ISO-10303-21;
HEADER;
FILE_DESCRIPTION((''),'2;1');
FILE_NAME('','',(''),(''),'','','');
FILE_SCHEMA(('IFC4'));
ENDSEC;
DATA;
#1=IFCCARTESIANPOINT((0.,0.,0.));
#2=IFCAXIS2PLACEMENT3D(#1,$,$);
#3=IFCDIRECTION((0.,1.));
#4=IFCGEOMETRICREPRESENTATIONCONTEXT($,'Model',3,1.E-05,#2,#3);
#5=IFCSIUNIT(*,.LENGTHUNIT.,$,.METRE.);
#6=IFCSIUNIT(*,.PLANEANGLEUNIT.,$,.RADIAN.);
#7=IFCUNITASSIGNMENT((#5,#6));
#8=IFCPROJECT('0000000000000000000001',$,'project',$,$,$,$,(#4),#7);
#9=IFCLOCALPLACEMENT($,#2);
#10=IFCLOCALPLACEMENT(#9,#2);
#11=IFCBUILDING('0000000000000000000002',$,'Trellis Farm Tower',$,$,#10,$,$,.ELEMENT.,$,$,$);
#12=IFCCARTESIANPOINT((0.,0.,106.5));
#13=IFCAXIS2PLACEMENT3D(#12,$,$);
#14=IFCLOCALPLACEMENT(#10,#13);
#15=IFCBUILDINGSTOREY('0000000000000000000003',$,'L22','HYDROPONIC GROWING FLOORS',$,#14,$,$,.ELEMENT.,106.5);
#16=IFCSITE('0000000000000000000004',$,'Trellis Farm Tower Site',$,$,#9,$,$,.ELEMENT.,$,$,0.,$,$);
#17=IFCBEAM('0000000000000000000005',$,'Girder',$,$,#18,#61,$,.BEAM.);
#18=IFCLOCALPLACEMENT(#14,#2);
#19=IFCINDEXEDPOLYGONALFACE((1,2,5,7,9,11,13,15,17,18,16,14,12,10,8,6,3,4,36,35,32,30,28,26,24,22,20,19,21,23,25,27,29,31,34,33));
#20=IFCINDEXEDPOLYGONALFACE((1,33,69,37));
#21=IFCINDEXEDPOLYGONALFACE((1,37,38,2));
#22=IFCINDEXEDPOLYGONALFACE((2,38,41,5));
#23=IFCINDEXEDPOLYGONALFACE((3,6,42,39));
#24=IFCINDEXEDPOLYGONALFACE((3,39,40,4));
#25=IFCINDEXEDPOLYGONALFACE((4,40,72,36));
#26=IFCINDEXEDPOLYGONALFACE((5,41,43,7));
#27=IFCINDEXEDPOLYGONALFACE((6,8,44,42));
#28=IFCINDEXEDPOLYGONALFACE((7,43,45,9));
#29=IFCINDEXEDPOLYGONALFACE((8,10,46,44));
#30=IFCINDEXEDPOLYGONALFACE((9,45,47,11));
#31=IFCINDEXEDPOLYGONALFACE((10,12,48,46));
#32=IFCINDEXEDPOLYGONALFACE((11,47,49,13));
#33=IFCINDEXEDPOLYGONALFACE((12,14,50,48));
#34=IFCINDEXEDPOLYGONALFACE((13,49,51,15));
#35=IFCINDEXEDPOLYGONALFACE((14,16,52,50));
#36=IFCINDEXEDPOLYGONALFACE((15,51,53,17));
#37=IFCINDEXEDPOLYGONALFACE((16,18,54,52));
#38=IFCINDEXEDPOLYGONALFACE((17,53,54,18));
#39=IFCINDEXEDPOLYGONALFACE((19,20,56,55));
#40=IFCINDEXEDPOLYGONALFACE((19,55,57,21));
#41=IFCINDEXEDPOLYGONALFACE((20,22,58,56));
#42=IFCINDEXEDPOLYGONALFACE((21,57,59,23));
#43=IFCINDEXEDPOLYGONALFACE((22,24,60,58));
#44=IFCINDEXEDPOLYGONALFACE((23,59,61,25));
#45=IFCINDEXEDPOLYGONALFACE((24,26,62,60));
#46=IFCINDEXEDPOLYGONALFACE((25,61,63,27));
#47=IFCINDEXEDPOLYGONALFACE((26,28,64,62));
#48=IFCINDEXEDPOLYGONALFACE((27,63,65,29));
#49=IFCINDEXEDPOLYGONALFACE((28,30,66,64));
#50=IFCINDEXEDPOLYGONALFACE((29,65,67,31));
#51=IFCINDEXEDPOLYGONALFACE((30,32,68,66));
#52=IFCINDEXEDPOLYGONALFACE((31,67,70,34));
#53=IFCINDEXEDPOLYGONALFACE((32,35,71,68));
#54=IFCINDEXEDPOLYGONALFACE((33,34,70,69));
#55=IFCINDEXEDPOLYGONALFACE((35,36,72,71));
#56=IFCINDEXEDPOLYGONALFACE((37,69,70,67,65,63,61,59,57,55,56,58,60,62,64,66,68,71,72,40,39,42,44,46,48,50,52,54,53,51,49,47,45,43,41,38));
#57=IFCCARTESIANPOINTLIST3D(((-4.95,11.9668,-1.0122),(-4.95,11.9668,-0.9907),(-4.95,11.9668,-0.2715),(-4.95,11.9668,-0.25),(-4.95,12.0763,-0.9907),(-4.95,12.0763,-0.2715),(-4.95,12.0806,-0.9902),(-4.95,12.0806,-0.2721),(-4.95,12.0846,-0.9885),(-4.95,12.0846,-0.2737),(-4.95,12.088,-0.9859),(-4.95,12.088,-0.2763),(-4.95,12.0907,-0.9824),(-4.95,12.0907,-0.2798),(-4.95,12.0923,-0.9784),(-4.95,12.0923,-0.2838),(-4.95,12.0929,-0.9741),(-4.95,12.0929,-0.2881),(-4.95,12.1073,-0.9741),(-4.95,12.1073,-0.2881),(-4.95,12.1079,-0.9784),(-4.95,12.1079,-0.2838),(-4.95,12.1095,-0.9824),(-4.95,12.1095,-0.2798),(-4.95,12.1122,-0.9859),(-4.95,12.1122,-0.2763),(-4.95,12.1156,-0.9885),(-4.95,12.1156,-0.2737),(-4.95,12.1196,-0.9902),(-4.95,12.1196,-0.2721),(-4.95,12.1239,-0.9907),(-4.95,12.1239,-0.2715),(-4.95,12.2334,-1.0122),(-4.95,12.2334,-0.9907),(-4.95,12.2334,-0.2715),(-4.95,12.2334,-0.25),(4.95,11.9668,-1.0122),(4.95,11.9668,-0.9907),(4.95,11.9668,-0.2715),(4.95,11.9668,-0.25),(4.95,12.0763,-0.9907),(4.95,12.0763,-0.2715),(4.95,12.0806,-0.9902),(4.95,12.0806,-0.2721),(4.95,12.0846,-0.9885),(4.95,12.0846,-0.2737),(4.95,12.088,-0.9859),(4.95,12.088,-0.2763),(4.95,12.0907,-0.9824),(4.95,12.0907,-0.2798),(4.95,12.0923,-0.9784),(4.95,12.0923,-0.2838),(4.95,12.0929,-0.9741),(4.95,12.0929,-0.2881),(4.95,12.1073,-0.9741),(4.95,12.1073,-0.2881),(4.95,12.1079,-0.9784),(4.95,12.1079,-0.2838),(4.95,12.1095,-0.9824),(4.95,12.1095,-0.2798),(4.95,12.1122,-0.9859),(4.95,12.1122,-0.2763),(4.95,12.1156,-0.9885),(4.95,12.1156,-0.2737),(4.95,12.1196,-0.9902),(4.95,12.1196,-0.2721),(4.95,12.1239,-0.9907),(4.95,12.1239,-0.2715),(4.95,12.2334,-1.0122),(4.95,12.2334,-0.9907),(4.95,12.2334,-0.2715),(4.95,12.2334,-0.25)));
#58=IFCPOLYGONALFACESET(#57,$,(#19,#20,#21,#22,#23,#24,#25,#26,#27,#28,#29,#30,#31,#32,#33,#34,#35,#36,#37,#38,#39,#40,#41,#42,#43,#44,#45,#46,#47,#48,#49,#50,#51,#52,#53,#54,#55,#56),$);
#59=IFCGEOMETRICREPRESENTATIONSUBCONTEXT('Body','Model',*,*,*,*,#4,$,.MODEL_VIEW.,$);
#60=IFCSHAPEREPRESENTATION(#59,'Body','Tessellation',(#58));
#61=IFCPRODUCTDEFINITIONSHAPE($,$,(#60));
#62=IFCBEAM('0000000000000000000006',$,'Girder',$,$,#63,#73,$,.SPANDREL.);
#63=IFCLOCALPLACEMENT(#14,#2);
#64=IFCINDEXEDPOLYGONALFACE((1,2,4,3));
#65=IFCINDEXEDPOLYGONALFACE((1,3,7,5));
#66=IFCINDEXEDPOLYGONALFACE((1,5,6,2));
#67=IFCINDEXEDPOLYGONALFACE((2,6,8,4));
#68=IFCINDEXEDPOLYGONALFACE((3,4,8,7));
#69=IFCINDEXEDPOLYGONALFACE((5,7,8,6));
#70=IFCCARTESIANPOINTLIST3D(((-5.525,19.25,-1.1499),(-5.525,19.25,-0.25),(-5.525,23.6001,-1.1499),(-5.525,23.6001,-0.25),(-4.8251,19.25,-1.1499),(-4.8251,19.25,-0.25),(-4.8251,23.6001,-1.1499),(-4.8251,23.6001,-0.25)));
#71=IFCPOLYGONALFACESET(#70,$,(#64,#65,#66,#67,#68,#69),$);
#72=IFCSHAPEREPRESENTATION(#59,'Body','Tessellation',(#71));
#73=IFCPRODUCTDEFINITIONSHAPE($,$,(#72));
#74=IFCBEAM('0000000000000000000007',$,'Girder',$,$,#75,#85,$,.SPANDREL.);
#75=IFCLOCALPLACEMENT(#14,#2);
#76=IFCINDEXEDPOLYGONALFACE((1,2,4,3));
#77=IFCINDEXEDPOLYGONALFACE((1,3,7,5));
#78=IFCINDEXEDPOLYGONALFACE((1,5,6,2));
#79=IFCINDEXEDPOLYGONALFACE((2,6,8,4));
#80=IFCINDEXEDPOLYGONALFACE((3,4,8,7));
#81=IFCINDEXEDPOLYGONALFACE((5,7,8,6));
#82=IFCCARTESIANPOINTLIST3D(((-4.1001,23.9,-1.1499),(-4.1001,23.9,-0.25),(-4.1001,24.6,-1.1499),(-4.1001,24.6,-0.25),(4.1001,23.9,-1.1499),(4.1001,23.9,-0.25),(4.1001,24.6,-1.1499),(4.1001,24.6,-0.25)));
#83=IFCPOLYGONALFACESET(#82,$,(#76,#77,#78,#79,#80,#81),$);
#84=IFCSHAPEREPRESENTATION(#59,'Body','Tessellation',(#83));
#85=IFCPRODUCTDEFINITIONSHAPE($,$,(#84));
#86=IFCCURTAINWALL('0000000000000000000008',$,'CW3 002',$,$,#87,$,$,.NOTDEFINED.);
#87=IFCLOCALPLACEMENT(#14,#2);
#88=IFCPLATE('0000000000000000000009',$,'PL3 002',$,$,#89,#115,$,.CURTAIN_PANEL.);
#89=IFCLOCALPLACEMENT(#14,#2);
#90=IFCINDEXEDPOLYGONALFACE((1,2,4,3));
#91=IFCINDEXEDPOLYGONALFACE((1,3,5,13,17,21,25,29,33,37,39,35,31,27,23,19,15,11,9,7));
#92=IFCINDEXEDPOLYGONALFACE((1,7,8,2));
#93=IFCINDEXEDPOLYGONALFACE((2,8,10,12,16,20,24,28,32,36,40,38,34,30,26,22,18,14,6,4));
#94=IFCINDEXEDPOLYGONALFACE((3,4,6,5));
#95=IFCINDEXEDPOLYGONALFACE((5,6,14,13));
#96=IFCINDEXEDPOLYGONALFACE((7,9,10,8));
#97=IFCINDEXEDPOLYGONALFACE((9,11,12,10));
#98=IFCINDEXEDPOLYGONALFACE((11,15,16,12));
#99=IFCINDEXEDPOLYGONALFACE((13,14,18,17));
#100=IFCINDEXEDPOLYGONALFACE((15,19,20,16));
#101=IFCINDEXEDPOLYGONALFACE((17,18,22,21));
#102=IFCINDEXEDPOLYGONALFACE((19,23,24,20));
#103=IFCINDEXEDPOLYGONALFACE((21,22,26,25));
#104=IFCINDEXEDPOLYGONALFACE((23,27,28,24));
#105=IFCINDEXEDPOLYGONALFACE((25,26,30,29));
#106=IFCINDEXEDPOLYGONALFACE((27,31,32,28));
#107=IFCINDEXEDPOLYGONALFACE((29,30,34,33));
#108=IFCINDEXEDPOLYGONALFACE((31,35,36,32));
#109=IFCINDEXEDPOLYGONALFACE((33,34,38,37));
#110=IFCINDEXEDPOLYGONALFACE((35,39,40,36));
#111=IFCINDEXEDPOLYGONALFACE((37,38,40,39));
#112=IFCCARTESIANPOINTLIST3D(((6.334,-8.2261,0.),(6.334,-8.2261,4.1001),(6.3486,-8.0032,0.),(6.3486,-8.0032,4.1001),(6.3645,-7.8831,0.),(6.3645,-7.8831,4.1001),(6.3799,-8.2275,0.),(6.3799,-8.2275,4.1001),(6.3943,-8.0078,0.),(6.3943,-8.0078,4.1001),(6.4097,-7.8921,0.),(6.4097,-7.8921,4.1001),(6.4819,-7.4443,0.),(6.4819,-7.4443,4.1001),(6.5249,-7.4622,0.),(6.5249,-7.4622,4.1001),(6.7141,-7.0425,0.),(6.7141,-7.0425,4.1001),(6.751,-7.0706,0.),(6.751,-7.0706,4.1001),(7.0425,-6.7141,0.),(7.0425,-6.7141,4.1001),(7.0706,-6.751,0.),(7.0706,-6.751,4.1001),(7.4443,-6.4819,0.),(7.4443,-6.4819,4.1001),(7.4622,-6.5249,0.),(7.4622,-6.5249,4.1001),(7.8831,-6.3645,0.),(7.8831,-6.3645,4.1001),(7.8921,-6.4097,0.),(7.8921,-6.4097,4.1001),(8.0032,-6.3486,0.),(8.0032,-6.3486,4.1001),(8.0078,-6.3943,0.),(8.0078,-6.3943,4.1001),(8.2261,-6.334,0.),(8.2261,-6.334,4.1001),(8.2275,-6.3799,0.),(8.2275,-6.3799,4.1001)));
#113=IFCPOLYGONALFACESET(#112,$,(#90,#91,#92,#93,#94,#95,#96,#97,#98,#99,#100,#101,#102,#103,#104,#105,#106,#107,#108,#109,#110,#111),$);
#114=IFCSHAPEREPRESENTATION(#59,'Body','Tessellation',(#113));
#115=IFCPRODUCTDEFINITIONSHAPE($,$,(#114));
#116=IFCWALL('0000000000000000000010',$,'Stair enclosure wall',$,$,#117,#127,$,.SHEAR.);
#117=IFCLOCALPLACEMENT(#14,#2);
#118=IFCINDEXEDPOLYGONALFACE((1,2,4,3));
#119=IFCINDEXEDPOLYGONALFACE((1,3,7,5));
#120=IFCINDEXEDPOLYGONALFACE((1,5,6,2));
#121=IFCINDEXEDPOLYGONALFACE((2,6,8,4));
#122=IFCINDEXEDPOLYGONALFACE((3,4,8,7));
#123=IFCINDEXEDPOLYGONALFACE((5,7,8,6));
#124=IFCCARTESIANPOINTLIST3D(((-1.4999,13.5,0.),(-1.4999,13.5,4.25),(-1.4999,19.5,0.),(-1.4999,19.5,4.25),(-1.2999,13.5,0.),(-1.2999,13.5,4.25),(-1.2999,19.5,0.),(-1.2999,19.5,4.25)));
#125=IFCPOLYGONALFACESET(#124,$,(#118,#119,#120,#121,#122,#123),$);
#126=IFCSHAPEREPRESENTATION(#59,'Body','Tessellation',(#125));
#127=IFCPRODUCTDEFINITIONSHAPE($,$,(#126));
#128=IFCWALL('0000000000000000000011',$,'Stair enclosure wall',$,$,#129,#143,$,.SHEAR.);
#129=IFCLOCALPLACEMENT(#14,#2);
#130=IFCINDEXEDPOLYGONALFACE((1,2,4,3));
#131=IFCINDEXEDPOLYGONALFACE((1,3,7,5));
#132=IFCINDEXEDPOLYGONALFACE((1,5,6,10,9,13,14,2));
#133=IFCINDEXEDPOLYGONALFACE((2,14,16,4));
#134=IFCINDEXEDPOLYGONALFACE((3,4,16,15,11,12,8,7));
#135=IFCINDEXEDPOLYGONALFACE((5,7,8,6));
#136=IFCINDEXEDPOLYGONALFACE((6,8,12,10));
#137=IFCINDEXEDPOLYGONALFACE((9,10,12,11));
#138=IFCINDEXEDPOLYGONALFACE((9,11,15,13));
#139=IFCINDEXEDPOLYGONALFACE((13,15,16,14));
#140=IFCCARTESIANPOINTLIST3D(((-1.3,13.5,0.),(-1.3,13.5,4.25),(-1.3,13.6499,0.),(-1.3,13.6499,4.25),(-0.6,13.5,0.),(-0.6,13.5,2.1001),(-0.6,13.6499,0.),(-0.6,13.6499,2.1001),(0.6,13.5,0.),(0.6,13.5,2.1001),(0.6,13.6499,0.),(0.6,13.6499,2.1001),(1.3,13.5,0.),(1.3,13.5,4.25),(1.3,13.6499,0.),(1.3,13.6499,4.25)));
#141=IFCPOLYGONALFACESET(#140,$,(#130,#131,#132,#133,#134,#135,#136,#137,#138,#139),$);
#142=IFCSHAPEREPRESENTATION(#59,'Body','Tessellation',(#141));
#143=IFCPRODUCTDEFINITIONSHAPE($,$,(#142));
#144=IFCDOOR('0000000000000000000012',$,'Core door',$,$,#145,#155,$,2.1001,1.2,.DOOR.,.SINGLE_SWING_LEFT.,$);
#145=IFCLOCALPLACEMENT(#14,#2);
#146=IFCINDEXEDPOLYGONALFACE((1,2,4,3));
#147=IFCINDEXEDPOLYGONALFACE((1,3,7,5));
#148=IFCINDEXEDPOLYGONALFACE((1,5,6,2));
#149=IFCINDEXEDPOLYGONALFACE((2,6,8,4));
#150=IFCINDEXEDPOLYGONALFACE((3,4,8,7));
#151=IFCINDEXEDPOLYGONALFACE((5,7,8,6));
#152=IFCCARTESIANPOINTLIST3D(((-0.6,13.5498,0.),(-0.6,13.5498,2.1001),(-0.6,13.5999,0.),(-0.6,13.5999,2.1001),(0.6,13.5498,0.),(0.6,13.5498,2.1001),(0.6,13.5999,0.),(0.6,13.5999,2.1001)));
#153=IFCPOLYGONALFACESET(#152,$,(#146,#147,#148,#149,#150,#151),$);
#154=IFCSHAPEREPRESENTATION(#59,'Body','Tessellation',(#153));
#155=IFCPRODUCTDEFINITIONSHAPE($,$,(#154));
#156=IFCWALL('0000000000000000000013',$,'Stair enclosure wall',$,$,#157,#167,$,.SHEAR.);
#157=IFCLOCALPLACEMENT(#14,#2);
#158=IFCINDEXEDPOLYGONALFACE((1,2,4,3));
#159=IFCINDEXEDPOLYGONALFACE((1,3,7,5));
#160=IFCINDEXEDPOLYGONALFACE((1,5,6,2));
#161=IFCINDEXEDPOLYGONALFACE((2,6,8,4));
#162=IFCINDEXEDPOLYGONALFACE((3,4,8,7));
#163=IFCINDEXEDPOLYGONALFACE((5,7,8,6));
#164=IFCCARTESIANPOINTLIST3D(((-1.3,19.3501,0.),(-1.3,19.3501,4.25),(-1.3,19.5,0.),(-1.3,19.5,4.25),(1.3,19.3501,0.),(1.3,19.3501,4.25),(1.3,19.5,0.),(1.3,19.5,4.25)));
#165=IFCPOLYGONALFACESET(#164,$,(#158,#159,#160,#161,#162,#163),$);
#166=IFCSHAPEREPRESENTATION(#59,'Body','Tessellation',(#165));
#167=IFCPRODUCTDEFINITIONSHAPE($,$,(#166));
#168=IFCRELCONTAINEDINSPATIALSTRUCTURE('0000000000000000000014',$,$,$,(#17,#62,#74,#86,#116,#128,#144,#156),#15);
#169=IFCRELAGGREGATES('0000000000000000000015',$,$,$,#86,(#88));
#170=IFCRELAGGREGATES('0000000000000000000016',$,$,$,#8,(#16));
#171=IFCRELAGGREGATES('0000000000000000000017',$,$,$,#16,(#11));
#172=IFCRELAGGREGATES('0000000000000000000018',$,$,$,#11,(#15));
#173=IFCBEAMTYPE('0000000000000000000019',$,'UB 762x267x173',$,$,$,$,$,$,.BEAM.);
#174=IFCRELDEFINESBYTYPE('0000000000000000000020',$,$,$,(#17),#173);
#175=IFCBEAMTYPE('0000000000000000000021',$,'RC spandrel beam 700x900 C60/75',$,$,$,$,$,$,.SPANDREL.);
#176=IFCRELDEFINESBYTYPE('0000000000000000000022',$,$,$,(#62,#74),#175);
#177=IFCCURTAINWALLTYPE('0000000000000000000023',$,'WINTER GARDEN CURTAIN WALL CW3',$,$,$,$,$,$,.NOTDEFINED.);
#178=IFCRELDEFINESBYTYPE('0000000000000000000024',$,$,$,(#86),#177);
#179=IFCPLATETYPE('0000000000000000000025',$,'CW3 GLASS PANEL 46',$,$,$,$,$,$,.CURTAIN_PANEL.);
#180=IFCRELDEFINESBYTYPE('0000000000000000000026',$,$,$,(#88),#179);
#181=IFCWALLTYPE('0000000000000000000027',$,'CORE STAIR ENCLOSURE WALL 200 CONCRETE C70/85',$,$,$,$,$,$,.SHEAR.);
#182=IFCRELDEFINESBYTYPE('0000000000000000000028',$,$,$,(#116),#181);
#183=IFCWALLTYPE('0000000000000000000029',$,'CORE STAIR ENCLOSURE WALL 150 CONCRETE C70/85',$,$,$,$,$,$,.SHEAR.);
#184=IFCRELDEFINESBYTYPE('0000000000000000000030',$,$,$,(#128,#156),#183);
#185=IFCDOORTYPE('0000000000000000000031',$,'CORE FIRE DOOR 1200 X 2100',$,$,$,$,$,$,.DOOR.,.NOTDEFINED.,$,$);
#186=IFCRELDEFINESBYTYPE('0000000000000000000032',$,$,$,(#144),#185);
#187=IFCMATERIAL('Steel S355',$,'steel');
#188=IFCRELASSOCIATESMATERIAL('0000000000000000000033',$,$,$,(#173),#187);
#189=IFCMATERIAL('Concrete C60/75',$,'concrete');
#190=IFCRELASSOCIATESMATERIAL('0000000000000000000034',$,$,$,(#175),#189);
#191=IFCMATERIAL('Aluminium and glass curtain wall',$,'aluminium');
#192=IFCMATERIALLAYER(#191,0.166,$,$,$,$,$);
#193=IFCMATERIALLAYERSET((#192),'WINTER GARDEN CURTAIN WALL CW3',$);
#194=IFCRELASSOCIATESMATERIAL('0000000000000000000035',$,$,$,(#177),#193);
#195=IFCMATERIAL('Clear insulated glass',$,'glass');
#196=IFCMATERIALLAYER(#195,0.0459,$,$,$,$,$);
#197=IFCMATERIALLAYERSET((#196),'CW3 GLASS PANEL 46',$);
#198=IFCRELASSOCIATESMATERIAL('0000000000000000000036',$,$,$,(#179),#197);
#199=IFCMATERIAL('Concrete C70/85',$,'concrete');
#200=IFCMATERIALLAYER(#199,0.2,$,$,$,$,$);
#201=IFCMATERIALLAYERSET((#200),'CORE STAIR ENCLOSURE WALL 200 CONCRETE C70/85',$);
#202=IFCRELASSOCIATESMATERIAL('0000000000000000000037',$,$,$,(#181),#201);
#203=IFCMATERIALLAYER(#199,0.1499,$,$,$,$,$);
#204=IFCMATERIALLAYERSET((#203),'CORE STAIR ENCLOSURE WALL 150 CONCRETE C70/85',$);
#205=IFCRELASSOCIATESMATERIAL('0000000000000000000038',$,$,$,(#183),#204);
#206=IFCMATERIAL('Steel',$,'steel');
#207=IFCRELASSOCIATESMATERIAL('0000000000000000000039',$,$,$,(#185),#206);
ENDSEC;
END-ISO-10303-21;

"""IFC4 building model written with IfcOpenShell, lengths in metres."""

from ifc_helpers import new_model, si_unit, direction, frame, frame_2d, origin, origin_2d, place, context, subcontext, project, spatial, polyline, rectangle, i_section, outline, extrude, source, transform, mapped, material, layer, layer_set, material_profile, profile_set, type_object, element, fill, aggregate, save


model = new_model("IFC4")

# Units and contexts
model_context = context("Model", 3, precision=1e-05, world=origin(), true_north=direction((0.0, 1.0)))
body_context = subcontext(model_context, "Body", "Model", "MODEL_VIEW")
ifc_project = project(units=[si_unit("LENGTHUNIT", "METRE"), si_unit("PLANEANGLEUNIT", "RADIAN")], contexts=[model_context])

# Site, building, storey
site_placement = place(None, origin())
site = spatial("IfcSite", under=ifc_project, at=site_placement, Name="Trellis Farm Tower Site", CompositionType="ELEMENT", RefElevation=0.0)
building_placement = place(site_placement, origin())
building = spatial("IfcBuilding", under=site, at=building_placement, Name="Trellis Farm Tower", CompositionType="ELEMENT")
storey_placement = place(building_placement, frame((0.0, 0.0, 106.5)))
storey = spatial("IfcBuildingStorey", under=building, at=storey_placement, Name="L22", Description="HYDROPONIC GROWING FLOORS", CompositionType="ELEMENT", Elevation=106.5)

# Beams
ifc_material_1 = material(Name="Steel S355", Category="steel")
ifc_material_profile_1 = material_profile(ifc_material_1, i_section(OverallWidth=0.2666, OverallDepth=0.7622, WebThickness=0.0144, FlangeThickness=0.0215, FilletRadius=0.0166, at=origin_2d()), Name="UB 762x267x173")
ifc_profile_set_1 = profile_set([ifc_material_profile_1], Name="Steel S355")
beam_type_1 = type_object("IfcBeamType", Name="UB 762x267x173", PredefinedType="BEAM", material=ifc_profile_set_1)
shared_shape_1 = source(origin(), body_context, "Body", "SweptSolid", [
    extrude(i_section(OverallWidth=0.2666, OverallDepth=0.7622, WebThickness=0.0144, FlangeThickness=0.0215, FilletRadius=0.0166, at=origin_2d()), origin(), (0.0, 0.0, 1.0), 9.8999),
])
for number, where, z_axis, x_axis, name in (
    (1, (-4.95, 12.1001, -0.6311), (1.0, 0.0, 0.0), (0.0, 1.0, 0.0), "Girder"),
):
    element("IfcBeam", number, at=place(storey_placement, frame(where, z_axis=z_axis, x_axis=x_axis)), inside=storey, type_object=beam_type_1, Name=name, PredefinedType="BEAM", context=body_context, shape_type="MappedRepresentation", body=[
        mapped(shared_shape_1, transform((0.0, 0.0, 0.0))),
    ])
ifc_material_2 = material(Name="Concrete C60/75", Category="concrete")
ifc_material_profile_2 = material_profile(ifc_material_2, rectangle(XDim=0.7, YDim=0.8999, at=origin_2d()), Name="RC spandrel beam 700x900 C60/75")
ifc_profile_set_2 = profile_set([ifc_material_profile_2], Name="Concrete C60/75")
beam_type_2 = type_object("IfcBeamType", Name="RC spandrel beam 700x900 C60/75", PredefinedType="SPANDREL", material=ifc_profile_set_2)
shared_shape_2 = source(origin(), body_context, "Body", "SweptSolid", [
    extrude(rectangle(XDim=0.7, YDim=0.8999, at=origin_2d()), origin(), (0.0, 0.0, 1.0), 4.3501),
])
beam_1_placement = place(storey_placement, frame((-5.175, 19.25, -0.7), z_axis=(0.0, 1.0, 0.0), x_axis=(-1.0, 0.0, 0.0)))
element("IfcBeam", 2, at=beam_1_placement, inside=storey, type_object=beam_type_2, Name="Girder", PredefinedType="SPANDREL", context=body_context, shape_type="MappedRepresentation", body=[
    mapped(shared_shape_2, transform((0.0, 0.0, 0.0))),
])
shared_shape_3 = source(origin(), body_context, "Body", "SweptSolid", [
    extrude(rectangle(XDim=0.7, YDim=0.8999, at=origin_2d()), origin(), (0.0, 0.0, 1.0), 8.2002),
])
beam_2_placement = place(storey_placement, frame((-4.1001, 24.25, -0.7), z_axis=(1.0, 0.0, 0.0), x_axis=(0.0, 1.0, 0.0)))
element("IfcBeam", 3, at=beam_2_placement, inside=storey, type_object=beam_type_2, Name="Girder", PredefinedType="SPANDREL", context=body_context, shape_type="MappedRepresentation", body=[
    mapped(shared_shape_3, transform((0.0, 0.0, 0.0))),
])

# Curtain wall, plate
ifc_material_3 = material(Name="Aluminium and glass curtain wall", Category="aluminium")
ifc_layer_1 = layer(ifc_material_3, 0.166)
ifc_layer_set_1 = layer_set([ifc_layer_1], Name="WINTER GARDEN CURTAIN WALL CW3")
curtain_wall_type = type_object("IfcCurtainWallType", Name="WINTER GARDEN CURTAIN WALL CW3", PredefinedType="NOTDEFINED", material=ifc_layer_set_1)
placement = place(storey_placement, origin())
curtain_wall = element("IfcCurtainWall", 4, at=placement, inside=storey, type_object=curtain_wall_type, Name="CW3 002", PredefinedType="NOTDEFINED")
ifc_material_4 = material(Name="Clear insulated glass", Category="glass")
ifc_layer_2 = layer(ifc_material_4, 0.0459)
ifc_layer_set_2 = layer_set([ifc_layer_2], Name="CW3 GLASS PANEL 46")
plate_type = type_object("IfcPlateType", Name="CW3 GLASS PANEL 46", PredefinedType="CURTAIN_PANEL", material=ifc_layer_set_2)
shared_shape_4 = source(origin(), body_context, "Body", "SweptSolid", [
    extrude(outline(polyline([(6.3799, -8.2275), (6.3943, -8.0078), (6.4097, -7.8921), (6.5249, -7.4622), (6.751, -7.0706), (7.0706, -6.751), (7.4622, -6.5249), (7.8921, -6.4097), (8.0078, -6.3943), (8.2275, -6.3799), (8.2261, -6.334), (8.0032, -6.3486), (7.8831, -6.3645), (7.4443, -6.4819), (7.0425, -6.7141), (6.7141, -7.0425), (6.4819, -7.4443), (6.3645, -7.8831), (6.3486, -8.0032), (6.334, -8.2261), (6.3799, -8.2275)])), origin(), (0.0, 0.0, 1.0), 4.1001),
])
plate = element("IfcPlate", 5, at=placement, type_object=plate_type, Name="PL3 002", PredefinedType="CURTAIN_PANEL", context=body_context, shape_type="MappedRepresentation", body=[
    mapped(shared_shape_4, transform((0.0, 0.0, 0.0))),
])
aggregate(curtain_wall, [plate])

# Wall
ifc_material_5 = material(Name="Concrete C70/85", Category="concrete")
ifc_layer_3 = layer(ifc_material_5, 0.2)
ifc_layer_set_3 = layer_set([ifc_layer_3], Name="CORE STAIR ENCLOSURE WALL 200 CONCRETE C70/85")
wall_type_1 = type_object("IfcWallType", Name="CORE STAIR ENCLOSURE WALL 200 CONCRETE C70/85", PredefinedType="SHEAR", material=ifc_layer_set_3)
shared_shape_5 = source(origin(), body_context, "Body", "SweptSolid", [
    extrude(rectangle(XDim=6.0, YDim=0.2, at=frame_2d((3.0, 0.0))), origin(), (0.0, 0.0, 1.0), 4.25),
])
wall_1_placement = place(storey_placement, frame((-1.3999, 13.5, 0.0), z_axis=(0.0, 0.0, 1.0), x_axis=(0.0, 1.0, 0.0)))
element("IfcWall", 6, at=wall_1_placement, inside=storey, type_object=wall_type_1, Name="Stair enclosure wall", PredefinedType="SHEAR", context=body_context, shape_type="MappedRepresentation", body=[
    mapped(shared_shape_5, transform((0.0, 0.0, 0.0))),
])

# Wall, opening, door
ifc_layer_4 = layer(ifc_material_5, 0.1499)
ifc_layer_set_4 = layer_set([ifc_layer_4], Name="CORE STAIR ENCLOSURE WALL 150 CONCRETE C70/85")
wall_type_2 = type_object("IfcWallType", Name="CORE STAIR ENCLOSURE WALL 150 CONCRETE C70/85", PredefinedType="SHEAR", material=ifc_layer_set_4)
shared_shape_6 = source(origin(), body_context, "Body", "SweptSolid", [
    extrude(rectangle(XDim=2.6001, YDim=0.1499, at=frame_2d((1.3, 0.0))), origin(), (0.0, 0.0, 1.0), 4.25),
])
wall_2_placement = place(storey_placement, frame((-1.3, 13.575, 0.0), z_axis=(0.0, 0.0, 1.0), x_axis=(1.0, 0.0, 0.0)))
wall_2 = element("IfcWall", 7, at=wall_2_placement, inside=storey, type_object=wall_type_2, Name="Stair enclosure wall", PredefinedType="SHEAR", context=body_context, shape_type="MappedRepresentation", body=[
    mapped(shared_shape_6, transform((0.0, 0.0, 0.0))),
])
shared_shape_7 = source(origin(), body_context, "Body", "SweptSolid", [
    extrude(rectangle(XDim=1.2, YDim=2.1001, at=frame_2d((0.6001, 1.05))), frame((0.0, 0.085, 0.0), z_axis=(0.0, -1.0, 0.0), x_axis=(1.0, 0.0, 0.0)), (0.0, 0.0, 1.0), 0.1699),
])
opening_1_placement = place(wall_2_placement, frame((0.7, 0.0, 0.0)))
opening_1 = element("IfcOpeningElement", 8, at=opening_1_placement, cuts=wall_2, PredefinedType="OPENING", context=body_context, shape_type="MappedRepresentation", body=[
    mapped(shared_shape_7, transform((0.0, 0.0, 0.0))),
])
ifc_material_6 = material(Name="Steel", Category="steel")
door_type_1 = type_object("IfcDoorType", Name="CORE FIRE DOOR 1200 X 2100", OperationType="NOTDEFINED", PredefinedType="DOOR", material=ifc_material_6)
shared_shape_8 = source(origin(), body_context, "Body", "SweptSolid", [
    extrude(rectangle(XDim=1.2, YDim=2.1001, at=frame_2d((0.6001, 1.05))), frame((0.0, 0.0249, 0.0), z_axis=(0.0, -1.0, 0.0), x_axis=(1.0, 0.0, 0.0)), (0.0, 0.0, 1.0), 0.05),
])
door_1_placement = place(opening_1_placement, origin())
door_1 = element("IfcDoor", 9, at=door_1_placement, inside=storey, type_object=door_type_1, Name="Core door", OperationType="SINGLE_SWING_LEFT", OverallHeight=2.1001, OverallWidth=1.2, PredefinedType="DOOR", context=body_context, shape_type="MappedRepresentation", body=[
    mapped(shared_shape_8, transform((0.0, 0.0, 0.0))),
])
fill(opening_1, door_1)

# Wall
wall_3_placement = place(storey_placement, frame((-1.3, 19.425, 0.0), z_axis=(0.0, 0.0, 1.0), x_axis=(1.0, 0.0, 0.0)))
element("IfcWall", 10, at=wall_3_placement, inside=storey, type_object=wall_type_2, Name="Stair enclosure wall", PredefinedType="SHEAR", context=body_context, shape_type="MappedRepresentation", body=[
    mapped(shared_shape_6, transform((0.0, 0.0, 0.0))),
])

save(model, "model.ifc")
